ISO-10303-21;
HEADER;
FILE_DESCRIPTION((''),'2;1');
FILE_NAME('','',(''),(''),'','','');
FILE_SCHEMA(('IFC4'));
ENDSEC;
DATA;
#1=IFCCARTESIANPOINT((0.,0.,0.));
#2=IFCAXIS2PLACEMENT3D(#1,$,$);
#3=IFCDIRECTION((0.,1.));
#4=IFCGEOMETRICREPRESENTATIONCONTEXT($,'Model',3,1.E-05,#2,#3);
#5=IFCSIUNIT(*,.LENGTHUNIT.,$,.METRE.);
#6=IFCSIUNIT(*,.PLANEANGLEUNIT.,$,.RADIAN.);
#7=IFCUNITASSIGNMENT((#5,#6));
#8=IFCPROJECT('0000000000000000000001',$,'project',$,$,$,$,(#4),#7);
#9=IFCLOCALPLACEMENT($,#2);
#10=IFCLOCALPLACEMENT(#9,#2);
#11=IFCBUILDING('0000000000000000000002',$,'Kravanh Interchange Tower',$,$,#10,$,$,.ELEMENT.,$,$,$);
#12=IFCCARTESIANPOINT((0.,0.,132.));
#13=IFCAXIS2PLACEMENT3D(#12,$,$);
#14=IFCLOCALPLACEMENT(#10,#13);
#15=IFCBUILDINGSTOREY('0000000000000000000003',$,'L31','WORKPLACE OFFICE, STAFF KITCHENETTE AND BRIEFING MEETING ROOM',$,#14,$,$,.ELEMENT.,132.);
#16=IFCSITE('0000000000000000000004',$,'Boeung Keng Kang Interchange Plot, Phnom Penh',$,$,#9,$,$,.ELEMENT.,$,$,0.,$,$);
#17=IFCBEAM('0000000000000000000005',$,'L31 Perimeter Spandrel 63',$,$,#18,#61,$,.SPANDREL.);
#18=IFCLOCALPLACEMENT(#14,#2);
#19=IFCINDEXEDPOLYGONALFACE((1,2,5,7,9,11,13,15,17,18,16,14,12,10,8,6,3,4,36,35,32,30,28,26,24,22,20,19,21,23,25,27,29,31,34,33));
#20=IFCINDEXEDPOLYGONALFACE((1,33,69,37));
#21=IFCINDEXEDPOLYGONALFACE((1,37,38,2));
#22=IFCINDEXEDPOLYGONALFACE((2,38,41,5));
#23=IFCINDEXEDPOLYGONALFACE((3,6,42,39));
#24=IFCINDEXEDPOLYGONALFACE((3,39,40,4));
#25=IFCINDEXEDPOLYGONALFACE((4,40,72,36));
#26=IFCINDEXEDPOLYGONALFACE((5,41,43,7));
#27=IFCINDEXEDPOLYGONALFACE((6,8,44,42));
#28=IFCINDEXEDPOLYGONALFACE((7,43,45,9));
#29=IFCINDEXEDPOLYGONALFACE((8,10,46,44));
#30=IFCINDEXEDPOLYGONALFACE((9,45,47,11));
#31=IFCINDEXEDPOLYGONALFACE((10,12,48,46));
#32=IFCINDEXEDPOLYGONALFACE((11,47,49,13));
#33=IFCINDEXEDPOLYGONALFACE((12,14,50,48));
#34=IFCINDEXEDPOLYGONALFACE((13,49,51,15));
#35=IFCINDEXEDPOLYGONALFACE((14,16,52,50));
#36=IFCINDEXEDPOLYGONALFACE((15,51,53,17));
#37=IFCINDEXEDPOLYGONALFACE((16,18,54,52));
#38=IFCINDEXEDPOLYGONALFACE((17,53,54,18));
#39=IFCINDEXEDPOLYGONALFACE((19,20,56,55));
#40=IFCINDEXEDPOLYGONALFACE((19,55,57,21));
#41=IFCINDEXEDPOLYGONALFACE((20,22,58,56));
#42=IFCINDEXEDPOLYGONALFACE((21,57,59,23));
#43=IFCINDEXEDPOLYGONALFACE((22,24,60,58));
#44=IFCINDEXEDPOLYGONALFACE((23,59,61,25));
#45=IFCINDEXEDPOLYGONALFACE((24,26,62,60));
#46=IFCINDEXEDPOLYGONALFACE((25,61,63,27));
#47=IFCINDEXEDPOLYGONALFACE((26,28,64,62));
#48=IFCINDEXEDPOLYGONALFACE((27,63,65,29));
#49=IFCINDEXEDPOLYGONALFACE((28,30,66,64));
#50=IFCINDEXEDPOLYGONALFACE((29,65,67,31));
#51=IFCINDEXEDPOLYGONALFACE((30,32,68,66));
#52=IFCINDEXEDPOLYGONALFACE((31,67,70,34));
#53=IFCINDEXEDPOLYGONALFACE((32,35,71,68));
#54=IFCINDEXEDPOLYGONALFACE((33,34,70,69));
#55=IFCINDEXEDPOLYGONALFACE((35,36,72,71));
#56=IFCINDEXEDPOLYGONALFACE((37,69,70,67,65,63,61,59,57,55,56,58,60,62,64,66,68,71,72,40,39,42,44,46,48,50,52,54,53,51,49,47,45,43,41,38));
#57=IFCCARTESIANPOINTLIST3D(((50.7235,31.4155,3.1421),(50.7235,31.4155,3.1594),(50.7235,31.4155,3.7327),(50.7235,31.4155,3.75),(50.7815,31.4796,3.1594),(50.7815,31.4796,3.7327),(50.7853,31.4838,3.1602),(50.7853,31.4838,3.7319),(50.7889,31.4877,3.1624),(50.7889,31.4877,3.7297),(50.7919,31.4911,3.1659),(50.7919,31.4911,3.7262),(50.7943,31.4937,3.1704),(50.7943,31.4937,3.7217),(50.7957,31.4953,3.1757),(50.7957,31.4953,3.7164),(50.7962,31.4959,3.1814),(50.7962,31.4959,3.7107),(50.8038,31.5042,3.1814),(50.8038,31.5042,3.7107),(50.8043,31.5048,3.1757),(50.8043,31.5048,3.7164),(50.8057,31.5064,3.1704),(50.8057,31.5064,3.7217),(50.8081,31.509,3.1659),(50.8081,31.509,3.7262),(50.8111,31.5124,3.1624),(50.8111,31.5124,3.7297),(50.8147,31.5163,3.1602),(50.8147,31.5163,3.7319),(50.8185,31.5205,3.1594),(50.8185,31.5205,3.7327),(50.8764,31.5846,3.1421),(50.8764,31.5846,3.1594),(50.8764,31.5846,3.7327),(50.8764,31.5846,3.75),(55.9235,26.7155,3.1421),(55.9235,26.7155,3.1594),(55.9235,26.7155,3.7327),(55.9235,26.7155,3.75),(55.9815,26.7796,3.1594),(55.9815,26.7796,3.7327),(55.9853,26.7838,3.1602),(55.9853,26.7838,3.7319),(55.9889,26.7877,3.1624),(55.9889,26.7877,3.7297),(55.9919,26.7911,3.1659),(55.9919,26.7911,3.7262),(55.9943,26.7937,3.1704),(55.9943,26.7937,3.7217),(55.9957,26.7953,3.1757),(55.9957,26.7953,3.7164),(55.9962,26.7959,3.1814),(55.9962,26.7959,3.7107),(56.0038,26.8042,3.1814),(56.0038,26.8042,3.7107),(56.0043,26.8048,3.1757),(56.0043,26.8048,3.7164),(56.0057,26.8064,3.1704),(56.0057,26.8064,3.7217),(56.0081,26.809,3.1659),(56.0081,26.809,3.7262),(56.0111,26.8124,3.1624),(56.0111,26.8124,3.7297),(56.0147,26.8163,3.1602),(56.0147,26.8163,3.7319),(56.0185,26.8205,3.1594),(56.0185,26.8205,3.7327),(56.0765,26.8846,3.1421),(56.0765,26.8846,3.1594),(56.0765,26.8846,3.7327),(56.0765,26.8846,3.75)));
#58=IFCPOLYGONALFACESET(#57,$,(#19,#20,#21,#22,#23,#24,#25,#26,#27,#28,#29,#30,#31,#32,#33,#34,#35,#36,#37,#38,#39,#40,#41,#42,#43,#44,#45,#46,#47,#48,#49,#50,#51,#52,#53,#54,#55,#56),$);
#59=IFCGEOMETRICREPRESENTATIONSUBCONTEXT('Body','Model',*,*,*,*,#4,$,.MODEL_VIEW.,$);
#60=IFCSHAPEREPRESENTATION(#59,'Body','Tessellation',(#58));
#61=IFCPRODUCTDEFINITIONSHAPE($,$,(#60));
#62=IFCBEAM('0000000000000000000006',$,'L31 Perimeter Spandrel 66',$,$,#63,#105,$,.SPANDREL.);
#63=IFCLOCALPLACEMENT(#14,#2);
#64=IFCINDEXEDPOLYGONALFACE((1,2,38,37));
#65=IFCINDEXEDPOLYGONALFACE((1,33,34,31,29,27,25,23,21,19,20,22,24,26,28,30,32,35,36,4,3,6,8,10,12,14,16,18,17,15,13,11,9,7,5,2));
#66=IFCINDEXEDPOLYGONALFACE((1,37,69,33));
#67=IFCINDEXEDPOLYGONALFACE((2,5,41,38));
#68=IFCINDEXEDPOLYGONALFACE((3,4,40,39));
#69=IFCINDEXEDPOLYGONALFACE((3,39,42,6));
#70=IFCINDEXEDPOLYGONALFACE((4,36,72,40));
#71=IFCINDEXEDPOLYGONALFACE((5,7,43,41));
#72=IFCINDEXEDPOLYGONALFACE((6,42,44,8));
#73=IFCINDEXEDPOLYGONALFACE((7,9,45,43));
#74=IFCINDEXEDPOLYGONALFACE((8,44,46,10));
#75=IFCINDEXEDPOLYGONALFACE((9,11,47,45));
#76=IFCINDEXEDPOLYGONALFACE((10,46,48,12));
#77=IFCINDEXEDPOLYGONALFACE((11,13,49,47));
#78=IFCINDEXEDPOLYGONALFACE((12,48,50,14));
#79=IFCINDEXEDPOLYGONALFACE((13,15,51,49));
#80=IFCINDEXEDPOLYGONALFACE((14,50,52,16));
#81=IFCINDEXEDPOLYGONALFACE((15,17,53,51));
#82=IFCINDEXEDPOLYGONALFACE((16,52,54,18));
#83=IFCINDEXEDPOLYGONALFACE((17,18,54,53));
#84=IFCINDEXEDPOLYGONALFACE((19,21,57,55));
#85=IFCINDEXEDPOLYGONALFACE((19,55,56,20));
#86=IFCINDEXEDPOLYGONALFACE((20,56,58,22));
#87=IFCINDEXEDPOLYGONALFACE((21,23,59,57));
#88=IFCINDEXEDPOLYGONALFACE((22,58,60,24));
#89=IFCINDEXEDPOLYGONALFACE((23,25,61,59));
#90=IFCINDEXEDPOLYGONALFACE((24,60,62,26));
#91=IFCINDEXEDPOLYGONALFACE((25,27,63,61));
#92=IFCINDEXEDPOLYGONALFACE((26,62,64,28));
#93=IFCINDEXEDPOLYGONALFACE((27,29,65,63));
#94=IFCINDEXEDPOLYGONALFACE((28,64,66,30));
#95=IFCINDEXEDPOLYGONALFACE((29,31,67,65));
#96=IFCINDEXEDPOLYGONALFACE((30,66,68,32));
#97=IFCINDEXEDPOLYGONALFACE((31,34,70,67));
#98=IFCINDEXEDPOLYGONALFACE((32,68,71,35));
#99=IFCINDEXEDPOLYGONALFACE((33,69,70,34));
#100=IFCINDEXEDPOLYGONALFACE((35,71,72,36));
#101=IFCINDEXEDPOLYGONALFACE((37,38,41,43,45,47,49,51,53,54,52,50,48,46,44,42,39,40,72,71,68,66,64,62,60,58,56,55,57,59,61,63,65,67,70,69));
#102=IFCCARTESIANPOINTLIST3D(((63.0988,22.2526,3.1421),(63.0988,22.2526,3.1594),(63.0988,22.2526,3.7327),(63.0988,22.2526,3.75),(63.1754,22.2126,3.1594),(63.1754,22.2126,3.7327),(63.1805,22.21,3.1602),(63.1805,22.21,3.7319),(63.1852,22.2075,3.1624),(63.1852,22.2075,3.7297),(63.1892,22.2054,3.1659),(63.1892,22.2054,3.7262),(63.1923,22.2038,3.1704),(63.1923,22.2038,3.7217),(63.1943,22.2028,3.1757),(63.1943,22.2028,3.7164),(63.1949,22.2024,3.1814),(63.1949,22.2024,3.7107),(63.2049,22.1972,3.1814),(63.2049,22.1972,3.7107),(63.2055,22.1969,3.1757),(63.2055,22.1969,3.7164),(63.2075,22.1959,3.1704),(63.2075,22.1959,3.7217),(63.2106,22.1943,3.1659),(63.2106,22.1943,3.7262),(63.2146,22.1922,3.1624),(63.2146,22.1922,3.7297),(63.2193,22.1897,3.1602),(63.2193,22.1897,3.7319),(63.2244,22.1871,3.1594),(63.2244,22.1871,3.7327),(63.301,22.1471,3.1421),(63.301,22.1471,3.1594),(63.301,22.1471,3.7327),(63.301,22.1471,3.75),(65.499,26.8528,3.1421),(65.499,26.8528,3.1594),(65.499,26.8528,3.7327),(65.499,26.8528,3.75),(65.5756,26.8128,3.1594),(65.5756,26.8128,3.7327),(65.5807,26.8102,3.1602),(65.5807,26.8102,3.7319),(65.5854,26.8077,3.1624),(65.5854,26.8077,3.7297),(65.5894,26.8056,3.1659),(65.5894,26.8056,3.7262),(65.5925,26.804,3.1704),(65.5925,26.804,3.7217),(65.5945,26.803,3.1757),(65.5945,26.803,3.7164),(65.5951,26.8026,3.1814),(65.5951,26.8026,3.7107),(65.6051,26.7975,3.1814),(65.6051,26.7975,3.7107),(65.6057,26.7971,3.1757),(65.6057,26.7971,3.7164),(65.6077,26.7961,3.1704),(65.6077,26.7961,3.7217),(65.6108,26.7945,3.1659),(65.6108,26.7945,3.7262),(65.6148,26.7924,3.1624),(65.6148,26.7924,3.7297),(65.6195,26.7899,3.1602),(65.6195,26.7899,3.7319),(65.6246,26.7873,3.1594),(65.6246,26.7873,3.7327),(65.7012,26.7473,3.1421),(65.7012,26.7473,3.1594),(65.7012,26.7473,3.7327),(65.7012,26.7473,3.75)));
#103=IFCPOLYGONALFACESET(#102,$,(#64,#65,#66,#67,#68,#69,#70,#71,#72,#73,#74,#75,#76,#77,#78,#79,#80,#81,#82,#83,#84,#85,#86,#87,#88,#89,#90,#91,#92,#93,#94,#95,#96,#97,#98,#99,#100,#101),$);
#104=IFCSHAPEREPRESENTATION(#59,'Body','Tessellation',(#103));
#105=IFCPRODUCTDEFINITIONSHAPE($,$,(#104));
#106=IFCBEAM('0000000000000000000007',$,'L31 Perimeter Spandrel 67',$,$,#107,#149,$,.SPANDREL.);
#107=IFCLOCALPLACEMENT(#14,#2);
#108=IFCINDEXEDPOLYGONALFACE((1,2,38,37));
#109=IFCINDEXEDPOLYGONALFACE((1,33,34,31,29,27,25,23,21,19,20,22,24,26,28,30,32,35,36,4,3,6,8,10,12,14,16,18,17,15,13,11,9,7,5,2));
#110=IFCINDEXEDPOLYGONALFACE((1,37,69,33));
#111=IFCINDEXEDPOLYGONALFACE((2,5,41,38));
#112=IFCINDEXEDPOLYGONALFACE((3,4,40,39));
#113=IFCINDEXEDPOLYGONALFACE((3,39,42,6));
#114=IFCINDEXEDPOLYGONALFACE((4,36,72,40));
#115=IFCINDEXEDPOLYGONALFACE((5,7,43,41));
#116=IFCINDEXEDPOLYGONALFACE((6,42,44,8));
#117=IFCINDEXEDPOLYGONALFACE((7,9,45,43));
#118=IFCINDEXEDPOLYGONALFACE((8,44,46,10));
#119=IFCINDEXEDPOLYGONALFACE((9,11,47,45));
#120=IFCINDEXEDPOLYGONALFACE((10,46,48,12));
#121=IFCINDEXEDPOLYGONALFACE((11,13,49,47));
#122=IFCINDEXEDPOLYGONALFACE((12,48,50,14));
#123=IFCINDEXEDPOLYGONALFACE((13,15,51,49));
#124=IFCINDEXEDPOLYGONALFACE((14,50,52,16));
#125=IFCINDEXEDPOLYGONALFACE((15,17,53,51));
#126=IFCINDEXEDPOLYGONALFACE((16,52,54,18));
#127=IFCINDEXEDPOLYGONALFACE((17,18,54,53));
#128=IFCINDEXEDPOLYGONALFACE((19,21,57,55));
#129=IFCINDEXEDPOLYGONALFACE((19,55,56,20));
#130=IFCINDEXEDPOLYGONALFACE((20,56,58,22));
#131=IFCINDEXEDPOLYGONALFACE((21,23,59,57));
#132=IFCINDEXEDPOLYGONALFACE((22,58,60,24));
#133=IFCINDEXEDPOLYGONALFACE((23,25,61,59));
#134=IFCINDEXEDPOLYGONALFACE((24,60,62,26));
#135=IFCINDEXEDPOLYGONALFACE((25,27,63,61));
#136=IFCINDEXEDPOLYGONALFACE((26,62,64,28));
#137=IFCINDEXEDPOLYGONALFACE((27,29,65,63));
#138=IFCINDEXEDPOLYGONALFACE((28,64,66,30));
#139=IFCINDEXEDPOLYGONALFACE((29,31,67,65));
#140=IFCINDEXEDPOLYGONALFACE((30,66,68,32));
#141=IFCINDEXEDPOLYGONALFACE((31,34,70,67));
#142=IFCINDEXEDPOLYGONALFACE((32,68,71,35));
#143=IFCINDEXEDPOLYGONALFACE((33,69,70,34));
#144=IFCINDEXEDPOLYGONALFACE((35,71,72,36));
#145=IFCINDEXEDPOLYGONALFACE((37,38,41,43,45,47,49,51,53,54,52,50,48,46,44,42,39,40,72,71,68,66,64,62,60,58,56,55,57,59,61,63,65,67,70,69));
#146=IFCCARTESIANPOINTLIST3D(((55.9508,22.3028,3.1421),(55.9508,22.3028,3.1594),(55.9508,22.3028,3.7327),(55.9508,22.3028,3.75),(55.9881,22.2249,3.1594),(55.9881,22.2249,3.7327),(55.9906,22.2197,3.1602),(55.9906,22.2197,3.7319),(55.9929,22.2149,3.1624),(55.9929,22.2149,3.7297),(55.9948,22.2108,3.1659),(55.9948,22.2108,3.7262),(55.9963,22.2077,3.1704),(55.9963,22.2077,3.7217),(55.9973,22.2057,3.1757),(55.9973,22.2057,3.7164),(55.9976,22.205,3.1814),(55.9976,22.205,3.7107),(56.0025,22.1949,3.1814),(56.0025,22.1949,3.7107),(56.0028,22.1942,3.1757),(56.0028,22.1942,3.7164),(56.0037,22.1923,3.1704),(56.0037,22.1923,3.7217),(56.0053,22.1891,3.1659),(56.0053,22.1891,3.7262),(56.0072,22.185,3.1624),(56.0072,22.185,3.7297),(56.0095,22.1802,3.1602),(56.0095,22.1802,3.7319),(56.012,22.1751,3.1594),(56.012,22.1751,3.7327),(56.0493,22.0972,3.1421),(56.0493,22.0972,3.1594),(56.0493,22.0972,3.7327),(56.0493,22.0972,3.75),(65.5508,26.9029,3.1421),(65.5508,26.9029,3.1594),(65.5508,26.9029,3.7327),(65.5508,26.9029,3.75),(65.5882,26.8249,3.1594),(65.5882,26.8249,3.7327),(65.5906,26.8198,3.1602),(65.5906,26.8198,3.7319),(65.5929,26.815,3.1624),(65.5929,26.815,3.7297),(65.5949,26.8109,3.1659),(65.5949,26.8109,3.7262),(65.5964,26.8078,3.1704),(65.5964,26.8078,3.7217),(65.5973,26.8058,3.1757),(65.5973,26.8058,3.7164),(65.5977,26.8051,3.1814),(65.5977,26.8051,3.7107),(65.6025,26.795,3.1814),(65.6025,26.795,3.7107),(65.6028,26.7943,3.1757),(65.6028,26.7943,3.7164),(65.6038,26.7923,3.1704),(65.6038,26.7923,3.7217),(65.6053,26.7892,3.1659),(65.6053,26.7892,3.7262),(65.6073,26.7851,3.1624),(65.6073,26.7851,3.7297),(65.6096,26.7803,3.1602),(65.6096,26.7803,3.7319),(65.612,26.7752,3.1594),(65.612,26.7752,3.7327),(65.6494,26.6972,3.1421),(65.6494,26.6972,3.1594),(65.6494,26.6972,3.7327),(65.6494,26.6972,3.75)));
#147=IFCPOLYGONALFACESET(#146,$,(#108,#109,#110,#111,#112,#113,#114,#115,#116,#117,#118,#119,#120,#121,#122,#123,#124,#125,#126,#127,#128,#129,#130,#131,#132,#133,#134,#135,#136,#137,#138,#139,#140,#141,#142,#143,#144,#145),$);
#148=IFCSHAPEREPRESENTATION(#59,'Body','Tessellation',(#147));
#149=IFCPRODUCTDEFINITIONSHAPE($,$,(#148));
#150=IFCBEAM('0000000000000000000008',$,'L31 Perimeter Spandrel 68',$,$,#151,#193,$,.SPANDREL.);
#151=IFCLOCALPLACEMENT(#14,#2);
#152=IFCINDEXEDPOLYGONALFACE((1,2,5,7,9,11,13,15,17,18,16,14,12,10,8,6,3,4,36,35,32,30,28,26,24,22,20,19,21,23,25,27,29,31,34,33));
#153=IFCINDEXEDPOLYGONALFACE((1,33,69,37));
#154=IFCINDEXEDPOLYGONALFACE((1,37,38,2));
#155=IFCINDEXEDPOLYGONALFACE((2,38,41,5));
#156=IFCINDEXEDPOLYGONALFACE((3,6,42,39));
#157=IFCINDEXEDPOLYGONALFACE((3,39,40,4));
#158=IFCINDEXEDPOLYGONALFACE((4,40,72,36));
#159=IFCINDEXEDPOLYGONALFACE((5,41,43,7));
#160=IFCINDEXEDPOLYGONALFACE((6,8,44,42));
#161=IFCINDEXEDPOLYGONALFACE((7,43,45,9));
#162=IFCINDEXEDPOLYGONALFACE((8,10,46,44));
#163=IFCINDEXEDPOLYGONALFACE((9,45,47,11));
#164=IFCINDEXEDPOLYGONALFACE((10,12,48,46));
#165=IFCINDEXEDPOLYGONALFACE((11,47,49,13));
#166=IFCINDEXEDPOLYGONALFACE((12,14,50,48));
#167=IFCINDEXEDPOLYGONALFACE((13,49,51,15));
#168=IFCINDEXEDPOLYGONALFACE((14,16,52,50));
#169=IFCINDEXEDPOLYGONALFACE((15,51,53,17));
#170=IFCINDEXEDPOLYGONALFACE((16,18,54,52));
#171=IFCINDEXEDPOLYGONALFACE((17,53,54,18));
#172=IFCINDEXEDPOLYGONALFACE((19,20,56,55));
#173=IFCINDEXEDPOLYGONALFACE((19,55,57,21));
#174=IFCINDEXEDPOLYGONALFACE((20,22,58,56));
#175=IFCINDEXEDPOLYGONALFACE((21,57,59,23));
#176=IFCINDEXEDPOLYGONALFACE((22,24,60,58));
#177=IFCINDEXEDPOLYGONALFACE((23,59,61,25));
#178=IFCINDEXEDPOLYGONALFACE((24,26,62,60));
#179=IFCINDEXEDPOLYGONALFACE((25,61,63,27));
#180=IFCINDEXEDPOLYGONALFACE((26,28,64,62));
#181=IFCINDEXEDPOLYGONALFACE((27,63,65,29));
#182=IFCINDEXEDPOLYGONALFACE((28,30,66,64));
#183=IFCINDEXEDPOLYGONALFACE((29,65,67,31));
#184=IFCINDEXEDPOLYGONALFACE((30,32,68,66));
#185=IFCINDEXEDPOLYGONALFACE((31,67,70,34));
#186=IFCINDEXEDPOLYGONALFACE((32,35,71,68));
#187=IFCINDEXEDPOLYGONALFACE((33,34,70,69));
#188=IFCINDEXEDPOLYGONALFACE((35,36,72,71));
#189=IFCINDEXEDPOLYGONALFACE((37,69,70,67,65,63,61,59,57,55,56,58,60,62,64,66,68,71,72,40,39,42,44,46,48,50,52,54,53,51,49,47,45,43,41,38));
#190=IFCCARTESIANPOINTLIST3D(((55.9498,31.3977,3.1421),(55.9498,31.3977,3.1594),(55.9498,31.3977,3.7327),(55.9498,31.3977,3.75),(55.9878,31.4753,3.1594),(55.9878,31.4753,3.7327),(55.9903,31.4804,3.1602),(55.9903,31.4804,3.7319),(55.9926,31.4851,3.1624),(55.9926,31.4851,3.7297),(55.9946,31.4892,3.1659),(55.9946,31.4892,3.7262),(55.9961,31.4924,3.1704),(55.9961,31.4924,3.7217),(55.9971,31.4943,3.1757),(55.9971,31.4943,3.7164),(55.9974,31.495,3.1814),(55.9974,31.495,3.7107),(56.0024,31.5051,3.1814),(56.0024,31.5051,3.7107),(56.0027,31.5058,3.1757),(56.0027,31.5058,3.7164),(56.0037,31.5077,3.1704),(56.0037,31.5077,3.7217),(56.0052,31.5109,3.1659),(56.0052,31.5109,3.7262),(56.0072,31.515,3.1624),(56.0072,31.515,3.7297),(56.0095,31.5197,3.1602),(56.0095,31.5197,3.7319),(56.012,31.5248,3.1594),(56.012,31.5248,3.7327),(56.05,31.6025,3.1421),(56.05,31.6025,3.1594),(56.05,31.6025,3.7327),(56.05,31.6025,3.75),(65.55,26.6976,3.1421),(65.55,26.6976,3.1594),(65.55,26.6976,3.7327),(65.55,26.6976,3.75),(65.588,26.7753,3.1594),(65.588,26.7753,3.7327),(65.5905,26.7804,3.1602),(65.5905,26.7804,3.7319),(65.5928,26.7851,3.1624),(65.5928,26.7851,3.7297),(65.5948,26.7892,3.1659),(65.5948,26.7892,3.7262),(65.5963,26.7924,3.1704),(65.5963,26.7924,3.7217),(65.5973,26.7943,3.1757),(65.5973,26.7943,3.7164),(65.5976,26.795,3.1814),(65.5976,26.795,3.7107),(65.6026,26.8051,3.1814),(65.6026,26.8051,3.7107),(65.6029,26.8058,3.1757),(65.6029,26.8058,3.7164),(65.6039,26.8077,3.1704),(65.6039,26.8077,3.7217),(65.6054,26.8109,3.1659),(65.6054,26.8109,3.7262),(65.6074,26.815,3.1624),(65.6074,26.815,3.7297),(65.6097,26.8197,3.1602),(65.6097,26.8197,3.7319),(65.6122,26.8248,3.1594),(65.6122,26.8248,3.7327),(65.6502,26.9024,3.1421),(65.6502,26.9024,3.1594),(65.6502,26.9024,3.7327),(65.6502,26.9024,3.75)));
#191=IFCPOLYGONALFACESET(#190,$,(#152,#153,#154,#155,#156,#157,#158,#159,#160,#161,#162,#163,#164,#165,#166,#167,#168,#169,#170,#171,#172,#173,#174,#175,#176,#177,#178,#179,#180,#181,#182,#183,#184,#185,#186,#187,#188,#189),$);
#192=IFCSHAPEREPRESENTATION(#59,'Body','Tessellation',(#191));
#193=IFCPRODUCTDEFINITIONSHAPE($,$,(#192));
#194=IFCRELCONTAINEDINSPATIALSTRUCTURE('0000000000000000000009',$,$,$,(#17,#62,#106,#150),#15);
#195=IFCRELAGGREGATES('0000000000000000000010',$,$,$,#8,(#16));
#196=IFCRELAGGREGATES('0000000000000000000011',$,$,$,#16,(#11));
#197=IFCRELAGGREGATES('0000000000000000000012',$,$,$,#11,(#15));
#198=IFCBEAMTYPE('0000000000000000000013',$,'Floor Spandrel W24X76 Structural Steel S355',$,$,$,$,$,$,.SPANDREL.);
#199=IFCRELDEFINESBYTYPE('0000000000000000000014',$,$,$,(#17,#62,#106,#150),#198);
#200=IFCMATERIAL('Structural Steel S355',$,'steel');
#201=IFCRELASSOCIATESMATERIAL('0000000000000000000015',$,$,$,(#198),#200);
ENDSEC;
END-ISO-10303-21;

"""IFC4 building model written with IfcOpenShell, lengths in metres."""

from ifc_helpers import new_model, si_unit, direction, frame, origin, origin_2d, place, context, subcontext, project, spatial, i_section, extrude, material, material_profile, profile_set, type_object, element, save


model = new_model("IFC4")

# Units and contexts
model_context = context("Model", 3, precision=1e-05, world=origin(), true_north=direction((0.0, 1.0)))
body_context = subcontext(model_context, "Body", "Model", "MODEL_VIEW")
ifc_project = project(units=[si_unit("LENGTHUNIT", "METRE"), si_unit("PLANEANGLEUNIT", "RADIAN")], contexts=[model_context])

# Site, building, storey
site_placement = place(None, origin())
site = spatial("IfcSite", under=ifc_project, at=site_placement, Name="Boeung Keng Kang Interchange Plot, Phnom Penh", CompositionType="ELEMENT", RefElevation=0.0)
building_placement = place(site_placement, origin())
building = spatial("IfcBuilding", under=site, at=building_placement, Name="Kravanh Interchange Tower", CompositionType="ELEMENT")
storey_placement = place(building_placement, frame((0.0, 0.0, 132.0)))
storey = spatial("IfcBuildingStorey", under=building, at=storey_placement, Name="L31", Description="WORKPLACE OFFICE, STAFF KITCHENETTE AND BRIEFING MEETING ROOM", CompositionType="ELEMENT", Elevation=132.0)

# Beams
ifc_material_1 = material(Name="Structural Steel S355", Category="steel")
ifc_material_profile_1 = material_profile(ifc_material_1, i_section(OverallWidth=0.228, OverallDepth=0.6079, WebThickness=0.0112, FlangeThickness=0.0173, FilletRadius=0.022, at=origin_2d()), Name="W24X76")
ifc_profile_set_1 = profile_set([ifc_material_profile_1], Name="Structural Steel S355")
beam_type_1 = type_object("IfcBeamType", Name="Floor Spandrel W24X76 Structural Steel S355", PredefinedType="SPANDREL", material=ifc_profile_set_1)
beam_1_placement = place(storey_placement, frame((56.0, 26.8, 3.446), z_axis=(-0.741874, 0.670539, 0.0), x_axis=(-0.670539, -0.741874, 0.0)))
element("IfcBeam", 1, at=beam_1_placement, inside=storey, type_object=beam_type_1, Name="L31 Perimeter Spandrel 63", PredefinedType="SPANDREL", context=body_context, shape_type="SweptSolid", body=[
    extrude(i_section(OverallWidth=0.228, OverallDepth=0.6079, WebThickness=0.0112, FlangeThickness=0.0173, FilletRadius=0.022, at=origin_2d()), origin(), (0.0, 0.0, 1.0), 7.0093),
])
beam_2_placement = place(storey_placement, frame((65.6001, 26.8, 3.446), z_axis=(-0.46258, -0.886577, 0.0), x_axis=(0.886577, -0.46258, 0.0)))
element("IfcBeam", 2, at=beam_2_placement, inside=storey, type_object=beam_type_1, Name="L31 Perimeter Spandrel 66", PredefinedType="SPANDREL", context=body_context, shape_type="SweptSolid", body=[
    extrude(i_section(OverallWidth=0.228, OverallDepth=0.6079, WebThickness=0.0112, FlangeThickness=0.0173, FilletRadius=0.022, at=origin_2d()), origin(), (0.0, 0.0, 1.0), 5.1887),
])
beam_3_placement = place(storey_placement, frame((65.6001, 26.8, 3.446), z_axis=(-0.901814, -0.432124, 0.0), x_axis=(0.432124, -0.901814, 0.0)))
element("IfcBeam", 3, at=beam_3_placement, inside=storey, type_object=beam_type_1, Name="L31 Perimeter Spandrel 67", PredefinedType="SPANDREL", context=body_context, shape_type="SweptSolid", body=[
    extrude(i_section(OverallWidth=0.228, OverallDepth=0.6079, WebThickness=0.0112, FlangeThickness=0.0173, FilletRadius=0.022, at=origin_2d()), origin(), (0.0, 0.0, 1.0), 10.6453),
])
beam_4_placement = place(storey_placement, frame((65.6001, 26.8, 3.446), z_axis=(-0.898142, 0.439706, 0.0), x_axis=(-0.439706, -0.898142, 0.0)))
element("IfcBeam", 4, at=beam_4_placement, inside=storey, type_object=beam_type_1, Name="L31 Perimeter Spandrel 68", PredefinedType="SPANDREL", context=body_context, shape_type="SweptSolid", body=[
    extrude(i_section(OverallWidth=0.228, OverallDepth=0.6079, WebThickness=0.0112, FlangeThickness=0.0173, FilletRadius=0.022, at=origin_2d()), origin(), (0.0, 0.0, 1.0), 10.689),
])

save(model, "model.ifc")
